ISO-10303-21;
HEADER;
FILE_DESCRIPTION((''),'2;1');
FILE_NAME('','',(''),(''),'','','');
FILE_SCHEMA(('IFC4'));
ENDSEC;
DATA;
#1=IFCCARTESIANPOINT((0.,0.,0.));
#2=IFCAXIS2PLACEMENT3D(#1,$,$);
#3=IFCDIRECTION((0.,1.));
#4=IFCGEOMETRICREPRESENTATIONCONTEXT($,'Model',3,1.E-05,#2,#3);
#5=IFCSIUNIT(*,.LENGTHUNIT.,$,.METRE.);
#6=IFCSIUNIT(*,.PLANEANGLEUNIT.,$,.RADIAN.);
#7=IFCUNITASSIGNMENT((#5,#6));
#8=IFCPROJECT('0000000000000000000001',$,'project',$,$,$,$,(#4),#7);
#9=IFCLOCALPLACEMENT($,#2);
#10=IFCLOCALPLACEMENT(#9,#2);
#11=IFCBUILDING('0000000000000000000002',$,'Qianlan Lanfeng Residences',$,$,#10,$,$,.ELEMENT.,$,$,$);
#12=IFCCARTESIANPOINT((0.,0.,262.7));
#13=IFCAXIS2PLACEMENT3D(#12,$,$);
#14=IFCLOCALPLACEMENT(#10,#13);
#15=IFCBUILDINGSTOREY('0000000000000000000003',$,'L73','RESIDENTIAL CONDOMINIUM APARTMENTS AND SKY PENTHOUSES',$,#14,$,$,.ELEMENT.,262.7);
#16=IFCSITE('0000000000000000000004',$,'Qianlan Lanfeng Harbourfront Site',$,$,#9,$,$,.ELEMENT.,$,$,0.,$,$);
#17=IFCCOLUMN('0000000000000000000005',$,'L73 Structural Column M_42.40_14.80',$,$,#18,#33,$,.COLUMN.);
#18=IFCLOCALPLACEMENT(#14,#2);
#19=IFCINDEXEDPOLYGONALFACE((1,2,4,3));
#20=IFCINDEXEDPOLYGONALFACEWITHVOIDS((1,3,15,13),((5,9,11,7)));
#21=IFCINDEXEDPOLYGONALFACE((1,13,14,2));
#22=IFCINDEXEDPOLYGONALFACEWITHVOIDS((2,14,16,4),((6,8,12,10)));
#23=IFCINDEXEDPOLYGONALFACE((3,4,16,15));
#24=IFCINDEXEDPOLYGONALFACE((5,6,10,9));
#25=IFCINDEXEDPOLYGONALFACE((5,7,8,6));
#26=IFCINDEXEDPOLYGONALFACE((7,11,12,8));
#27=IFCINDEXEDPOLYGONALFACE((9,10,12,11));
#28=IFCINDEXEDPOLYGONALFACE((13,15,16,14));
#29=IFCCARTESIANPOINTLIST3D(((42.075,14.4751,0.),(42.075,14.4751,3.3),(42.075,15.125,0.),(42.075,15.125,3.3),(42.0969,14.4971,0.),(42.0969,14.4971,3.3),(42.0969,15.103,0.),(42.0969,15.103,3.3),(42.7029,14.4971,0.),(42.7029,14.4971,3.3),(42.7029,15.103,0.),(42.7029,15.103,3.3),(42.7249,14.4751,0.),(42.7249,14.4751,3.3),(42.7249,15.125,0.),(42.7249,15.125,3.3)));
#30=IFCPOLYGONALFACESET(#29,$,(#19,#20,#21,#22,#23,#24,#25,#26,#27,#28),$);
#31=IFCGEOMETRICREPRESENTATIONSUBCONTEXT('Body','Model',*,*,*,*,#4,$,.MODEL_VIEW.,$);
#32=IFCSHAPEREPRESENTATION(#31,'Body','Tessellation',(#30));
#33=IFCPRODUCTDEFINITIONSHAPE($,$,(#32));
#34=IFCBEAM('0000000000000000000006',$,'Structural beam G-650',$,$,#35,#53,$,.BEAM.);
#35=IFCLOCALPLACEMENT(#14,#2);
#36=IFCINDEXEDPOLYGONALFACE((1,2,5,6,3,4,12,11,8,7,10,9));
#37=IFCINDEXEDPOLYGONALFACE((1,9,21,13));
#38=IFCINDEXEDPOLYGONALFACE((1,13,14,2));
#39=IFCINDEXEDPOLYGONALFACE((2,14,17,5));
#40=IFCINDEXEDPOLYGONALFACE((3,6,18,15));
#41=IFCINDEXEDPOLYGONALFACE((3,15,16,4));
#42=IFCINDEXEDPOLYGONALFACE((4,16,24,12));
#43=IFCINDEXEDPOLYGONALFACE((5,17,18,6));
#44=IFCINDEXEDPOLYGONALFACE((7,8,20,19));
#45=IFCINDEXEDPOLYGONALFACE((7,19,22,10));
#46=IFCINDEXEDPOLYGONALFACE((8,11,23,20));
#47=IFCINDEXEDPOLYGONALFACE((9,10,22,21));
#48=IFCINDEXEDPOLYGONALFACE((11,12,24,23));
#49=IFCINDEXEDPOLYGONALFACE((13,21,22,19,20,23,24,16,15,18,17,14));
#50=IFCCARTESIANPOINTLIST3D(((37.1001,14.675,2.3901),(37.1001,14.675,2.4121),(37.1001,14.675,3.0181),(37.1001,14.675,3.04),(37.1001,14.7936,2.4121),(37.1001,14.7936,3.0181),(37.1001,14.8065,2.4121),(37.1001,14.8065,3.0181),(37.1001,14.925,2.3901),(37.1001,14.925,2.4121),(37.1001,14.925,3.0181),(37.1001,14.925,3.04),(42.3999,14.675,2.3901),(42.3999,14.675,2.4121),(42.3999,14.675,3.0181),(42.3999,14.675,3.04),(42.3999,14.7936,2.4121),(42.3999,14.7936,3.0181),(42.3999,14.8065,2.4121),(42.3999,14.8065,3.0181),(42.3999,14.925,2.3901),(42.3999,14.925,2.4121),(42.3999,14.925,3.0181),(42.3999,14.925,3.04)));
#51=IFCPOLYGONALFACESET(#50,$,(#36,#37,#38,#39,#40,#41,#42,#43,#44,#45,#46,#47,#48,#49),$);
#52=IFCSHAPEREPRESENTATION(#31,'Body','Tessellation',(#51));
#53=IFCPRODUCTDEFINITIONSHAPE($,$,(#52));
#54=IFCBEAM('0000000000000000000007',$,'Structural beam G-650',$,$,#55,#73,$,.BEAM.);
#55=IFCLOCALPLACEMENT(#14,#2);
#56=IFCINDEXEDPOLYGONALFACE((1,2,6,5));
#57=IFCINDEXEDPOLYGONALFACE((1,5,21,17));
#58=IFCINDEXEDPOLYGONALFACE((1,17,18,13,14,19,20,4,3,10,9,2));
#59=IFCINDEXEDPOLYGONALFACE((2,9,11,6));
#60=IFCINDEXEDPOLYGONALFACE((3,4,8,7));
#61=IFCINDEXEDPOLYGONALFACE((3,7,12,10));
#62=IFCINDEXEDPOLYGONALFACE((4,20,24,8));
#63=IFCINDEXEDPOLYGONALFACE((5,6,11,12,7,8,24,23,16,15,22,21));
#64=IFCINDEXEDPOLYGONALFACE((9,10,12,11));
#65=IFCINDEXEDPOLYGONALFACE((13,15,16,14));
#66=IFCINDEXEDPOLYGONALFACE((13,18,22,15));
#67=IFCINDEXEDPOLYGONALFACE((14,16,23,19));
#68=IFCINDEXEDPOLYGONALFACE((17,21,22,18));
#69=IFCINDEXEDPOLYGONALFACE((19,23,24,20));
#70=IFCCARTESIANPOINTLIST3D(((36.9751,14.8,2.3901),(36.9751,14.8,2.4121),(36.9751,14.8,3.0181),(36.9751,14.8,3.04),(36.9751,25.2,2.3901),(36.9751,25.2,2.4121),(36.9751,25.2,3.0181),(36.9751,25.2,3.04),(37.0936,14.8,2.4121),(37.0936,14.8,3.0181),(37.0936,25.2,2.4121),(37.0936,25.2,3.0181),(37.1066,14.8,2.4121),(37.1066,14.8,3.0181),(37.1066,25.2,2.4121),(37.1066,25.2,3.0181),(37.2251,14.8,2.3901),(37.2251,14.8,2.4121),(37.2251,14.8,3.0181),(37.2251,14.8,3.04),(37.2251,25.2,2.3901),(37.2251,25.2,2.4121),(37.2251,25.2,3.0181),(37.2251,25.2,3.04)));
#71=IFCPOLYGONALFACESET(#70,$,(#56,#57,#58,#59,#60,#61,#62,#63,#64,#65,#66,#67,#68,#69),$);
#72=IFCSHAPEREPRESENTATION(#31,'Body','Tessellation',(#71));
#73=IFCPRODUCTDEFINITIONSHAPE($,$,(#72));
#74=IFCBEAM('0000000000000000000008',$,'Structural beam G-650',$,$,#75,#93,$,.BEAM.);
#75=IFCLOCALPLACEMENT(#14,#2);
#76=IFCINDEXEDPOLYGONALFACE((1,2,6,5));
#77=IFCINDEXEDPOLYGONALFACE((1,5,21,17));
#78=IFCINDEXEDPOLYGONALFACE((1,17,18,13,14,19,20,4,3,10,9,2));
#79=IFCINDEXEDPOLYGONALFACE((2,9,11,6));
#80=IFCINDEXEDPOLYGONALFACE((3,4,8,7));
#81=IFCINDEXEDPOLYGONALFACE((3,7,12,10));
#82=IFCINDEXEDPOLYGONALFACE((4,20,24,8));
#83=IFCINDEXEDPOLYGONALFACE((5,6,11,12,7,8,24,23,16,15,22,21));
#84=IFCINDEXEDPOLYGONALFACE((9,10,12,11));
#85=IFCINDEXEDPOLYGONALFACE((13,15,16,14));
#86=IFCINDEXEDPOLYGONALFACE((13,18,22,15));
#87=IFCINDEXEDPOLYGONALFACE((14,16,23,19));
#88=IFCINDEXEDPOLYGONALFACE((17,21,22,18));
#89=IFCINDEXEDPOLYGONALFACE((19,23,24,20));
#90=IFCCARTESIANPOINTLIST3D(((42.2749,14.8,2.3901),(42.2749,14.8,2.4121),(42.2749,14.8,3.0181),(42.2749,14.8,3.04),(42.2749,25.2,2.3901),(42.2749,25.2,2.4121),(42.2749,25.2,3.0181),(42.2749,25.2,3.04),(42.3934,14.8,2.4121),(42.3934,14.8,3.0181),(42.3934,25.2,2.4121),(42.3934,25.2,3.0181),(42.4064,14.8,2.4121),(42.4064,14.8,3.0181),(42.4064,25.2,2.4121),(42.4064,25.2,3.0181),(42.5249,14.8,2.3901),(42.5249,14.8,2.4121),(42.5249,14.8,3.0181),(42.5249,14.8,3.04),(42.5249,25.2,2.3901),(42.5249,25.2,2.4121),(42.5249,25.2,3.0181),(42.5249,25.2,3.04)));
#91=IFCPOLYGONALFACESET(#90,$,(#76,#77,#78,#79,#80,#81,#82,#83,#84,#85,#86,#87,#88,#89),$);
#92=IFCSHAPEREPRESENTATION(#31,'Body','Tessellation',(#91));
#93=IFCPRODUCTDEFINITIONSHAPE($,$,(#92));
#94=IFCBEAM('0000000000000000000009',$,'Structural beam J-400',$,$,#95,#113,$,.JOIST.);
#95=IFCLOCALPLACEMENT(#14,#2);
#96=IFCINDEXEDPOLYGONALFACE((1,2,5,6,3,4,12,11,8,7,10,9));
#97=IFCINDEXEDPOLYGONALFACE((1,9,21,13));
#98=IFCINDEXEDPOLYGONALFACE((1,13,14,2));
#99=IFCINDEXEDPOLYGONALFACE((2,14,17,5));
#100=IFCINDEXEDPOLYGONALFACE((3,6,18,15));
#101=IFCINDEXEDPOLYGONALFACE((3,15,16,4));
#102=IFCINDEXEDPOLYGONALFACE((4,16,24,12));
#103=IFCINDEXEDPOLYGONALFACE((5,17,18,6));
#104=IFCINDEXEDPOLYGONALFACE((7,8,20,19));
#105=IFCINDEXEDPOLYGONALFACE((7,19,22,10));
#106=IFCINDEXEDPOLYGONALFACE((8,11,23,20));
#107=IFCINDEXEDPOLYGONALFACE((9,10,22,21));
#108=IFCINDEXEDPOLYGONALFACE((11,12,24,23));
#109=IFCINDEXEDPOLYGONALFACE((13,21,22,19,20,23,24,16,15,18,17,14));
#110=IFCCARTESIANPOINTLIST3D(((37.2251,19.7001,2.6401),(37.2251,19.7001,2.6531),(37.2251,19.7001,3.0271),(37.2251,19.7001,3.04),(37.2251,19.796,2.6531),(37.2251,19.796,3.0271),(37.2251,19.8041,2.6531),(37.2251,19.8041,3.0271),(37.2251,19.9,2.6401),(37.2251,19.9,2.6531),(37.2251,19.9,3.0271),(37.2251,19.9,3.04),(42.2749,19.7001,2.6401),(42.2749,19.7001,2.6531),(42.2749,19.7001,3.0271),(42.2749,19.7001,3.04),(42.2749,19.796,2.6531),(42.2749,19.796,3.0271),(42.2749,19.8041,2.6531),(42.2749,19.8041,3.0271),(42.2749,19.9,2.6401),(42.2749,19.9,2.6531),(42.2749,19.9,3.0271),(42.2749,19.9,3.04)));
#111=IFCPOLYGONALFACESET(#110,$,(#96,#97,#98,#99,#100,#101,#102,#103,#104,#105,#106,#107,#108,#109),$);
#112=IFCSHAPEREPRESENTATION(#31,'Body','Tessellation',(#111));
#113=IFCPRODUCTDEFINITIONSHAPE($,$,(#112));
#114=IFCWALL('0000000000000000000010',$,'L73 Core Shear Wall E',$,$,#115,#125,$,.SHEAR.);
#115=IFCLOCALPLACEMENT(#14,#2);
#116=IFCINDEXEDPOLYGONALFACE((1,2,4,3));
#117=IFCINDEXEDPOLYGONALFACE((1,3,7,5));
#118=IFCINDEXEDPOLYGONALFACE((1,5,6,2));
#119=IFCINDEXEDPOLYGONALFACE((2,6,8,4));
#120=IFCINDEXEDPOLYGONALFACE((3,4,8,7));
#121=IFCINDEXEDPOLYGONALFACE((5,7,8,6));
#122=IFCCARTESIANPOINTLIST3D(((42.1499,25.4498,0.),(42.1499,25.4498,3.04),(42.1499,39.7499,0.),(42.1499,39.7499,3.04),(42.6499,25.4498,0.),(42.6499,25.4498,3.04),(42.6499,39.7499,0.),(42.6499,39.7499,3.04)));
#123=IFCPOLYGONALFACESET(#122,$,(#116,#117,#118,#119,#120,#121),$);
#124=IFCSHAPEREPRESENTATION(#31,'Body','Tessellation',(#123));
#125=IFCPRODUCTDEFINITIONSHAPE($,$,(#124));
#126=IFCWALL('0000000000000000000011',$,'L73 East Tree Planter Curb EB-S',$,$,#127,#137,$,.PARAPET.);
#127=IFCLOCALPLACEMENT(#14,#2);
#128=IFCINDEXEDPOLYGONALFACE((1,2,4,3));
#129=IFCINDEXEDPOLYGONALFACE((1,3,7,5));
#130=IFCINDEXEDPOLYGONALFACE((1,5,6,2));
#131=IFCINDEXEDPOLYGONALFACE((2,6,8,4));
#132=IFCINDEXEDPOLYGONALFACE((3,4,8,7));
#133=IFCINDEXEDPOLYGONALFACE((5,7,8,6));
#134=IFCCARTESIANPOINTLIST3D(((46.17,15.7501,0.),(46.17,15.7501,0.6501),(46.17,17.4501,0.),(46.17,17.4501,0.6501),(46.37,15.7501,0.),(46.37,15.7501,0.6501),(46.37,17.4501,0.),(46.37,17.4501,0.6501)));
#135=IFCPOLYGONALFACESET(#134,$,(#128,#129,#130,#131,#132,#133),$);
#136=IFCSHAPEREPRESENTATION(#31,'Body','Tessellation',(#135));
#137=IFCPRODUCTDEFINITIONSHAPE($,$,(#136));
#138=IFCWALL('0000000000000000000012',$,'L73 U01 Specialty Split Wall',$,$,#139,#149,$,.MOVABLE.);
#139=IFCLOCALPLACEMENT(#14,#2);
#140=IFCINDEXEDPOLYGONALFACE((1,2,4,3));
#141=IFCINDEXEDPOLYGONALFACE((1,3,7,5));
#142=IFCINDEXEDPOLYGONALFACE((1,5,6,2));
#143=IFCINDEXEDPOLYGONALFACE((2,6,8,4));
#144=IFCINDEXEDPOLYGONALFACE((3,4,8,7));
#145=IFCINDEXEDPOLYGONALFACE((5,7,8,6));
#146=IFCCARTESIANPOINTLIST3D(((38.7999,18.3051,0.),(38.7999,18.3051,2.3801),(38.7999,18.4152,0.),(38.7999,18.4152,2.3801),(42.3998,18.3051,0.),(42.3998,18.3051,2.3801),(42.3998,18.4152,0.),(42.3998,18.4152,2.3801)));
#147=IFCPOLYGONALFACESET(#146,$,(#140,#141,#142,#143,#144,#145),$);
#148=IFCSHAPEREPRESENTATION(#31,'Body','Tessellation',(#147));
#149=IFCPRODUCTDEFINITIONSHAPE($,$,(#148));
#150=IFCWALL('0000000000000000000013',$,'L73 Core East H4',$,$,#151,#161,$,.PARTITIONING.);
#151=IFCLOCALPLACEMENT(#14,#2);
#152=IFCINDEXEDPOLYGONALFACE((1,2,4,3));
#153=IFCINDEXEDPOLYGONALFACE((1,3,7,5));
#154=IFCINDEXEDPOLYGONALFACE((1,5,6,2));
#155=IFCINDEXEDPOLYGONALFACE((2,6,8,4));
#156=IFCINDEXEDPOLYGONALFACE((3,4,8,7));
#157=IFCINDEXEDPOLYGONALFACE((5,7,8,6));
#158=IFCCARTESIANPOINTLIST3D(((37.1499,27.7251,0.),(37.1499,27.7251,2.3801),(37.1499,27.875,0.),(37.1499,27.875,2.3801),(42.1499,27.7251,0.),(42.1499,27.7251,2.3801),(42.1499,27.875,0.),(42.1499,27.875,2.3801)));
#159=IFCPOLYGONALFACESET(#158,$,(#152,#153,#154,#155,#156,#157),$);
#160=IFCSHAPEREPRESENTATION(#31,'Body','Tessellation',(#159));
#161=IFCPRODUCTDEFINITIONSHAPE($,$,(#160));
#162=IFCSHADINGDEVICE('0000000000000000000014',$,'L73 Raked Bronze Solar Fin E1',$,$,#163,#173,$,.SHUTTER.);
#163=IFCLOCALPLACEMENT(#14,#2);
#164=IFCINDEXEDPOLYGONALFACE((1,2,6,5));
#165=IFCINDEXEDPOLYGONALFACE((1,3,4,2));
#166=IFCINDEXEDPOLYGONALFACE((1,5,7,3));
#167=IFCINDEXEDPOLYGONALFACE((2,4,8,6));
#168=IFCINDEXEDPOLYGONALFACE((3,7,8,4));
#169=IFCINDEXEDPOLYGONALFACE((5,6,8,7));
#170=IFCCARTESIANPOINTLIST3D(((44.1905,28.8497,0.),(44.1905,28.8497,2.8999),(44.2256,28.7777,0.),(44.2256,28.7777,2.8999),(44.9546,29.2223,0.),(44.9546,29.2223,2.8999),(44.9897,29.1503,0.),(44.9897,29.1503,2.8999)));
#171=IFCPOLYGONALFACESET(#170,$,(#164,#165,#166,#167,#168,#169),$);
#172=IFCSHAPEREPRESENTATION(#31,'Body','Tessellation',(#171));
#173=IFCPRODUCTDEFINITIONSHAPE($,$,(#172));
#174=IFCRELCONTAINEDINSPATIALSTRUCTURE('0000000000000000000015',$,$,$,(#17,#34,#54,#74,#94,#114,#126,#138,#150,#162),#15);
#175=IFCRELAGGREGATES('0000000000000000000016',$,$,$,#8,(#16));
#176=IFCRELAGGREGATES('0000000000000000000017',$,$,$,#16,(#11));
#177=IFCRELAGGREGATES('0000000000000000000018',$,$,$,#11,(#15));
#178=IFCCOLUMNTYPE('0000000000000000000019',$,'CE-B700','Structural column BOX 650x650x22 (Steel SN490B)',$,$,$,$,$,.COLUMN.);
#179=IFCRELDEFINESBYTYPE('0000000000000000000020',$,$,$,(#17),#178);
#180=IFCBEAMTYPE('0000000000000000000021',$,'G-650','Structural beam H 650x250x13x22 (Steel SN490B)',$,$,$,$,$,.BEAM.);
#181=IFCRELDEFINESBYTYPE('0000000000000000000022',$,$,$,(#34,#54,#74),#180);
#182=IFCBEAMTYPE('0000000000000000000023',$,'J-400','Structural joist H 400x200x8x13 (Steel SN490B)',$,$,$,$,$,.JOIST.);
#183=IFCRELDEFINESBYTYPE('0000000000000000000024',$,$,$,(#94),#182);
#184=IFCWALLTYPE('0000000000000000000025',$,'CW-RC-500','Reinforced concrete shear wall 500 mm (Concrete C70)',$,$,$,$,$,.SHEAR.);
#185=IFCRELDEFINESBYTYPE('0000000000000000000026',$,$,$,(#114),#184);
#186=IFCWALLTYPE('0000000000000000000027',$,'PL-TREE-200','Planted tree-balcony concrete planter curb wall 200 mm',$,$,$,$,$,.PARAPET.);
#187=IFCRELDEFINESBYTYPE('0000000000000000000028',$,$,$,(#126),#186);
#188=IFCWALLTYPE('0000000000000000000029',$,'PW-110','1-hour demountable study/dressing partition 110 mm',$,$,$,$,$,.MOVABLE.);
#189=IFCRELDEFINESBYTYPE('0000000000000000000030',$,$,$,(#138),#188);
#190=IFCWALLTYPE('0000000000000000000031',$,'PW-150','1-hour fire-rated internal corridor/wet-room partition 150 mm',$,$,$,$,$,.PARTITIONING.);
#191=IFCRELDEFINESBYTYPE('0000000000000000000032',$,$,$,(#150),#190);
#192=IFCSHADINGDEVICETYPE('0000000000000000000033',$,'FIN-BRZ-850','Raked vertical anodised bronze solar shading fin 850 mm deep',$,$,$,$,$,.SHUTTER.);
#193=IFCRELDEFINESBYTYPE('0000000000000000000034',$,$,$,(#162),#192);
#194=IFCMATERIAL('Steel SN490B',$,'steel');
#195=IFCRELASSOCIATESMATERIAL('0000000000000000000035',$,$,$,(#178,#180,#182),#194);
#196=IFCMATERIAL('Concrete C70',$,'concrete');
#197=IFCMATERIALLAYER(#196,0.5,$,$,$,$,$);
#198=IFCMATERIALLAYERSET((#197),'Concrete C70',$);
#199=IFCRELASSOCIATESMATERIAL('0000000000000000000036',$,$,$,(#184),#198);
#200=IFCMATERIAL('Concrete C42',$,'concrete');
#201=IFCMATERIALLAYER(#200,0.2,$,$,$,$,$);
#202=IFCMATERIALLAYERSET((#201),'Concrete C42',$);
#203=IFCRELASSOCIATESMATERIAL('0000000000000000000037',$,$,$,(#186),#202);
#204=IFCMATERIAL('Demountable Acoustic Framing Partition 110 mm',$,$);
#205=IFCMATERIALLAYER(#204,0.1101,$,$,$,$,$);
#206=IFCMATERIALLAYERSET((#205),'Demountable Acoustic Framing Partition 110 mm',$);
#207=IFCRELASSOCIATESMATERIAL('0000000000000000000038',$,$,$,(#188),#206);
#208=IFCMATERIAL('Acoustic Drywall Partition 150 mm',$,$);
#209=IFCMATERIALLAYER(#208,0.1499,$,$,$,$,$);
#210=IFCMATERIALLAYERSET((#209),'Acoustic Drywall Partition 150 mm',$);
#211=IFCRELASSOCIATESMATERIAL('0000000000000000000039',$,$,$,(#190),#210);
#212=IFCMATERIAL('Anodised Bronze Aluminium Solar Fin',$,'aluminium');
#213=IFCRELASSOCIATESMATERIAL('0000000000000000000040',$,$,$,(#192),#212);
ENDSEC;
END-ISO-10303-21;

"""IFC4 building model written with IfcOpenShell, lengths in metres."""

from ifc_helpers import new_model, si_unit, direction, frame, frame_2d, origin, origin_2d, place, context, subcontext, project, spatial, rectangle, hollow_rectangle, i_section, extrude, source, transform, mapped, material, layer, layer_set, material_profile, profile_set, type_object, element, save


model = new_model("IFC4")

# Units and contexts
model_context = context("Model", 3, precision=1e-05, world=origin(), true_north=direction((0.0, 1.0)))
body_context = subcontext(model_context, "Body", "Model", "MODEL_VIEW")
ifc_project = project(units=[si_unit("LENGTHUNIT", "METRE"), si_unit("PLANEANGLEUNIT", "RADIAN")], contexts=[model_context])

# Site, building, storey
site_placement = place(None, origin())
site = spatial("IfcSite", under=ifc_project, at=site_placement, Name="Qianlan Lanfeng Harbourfront Site", CompositionType="ELEMENT", RefElevation=0.0)
building_placement = place(site_placement, origin())
building = spatial("IfcBuilding", under=site, at=building_placement, Name="Qianlan Lanfeng Residences", CompositionType="ELEMENT")
storey_placement = place(building_placement, frame((0.0, 0.0, 262.7)))
storey = spatial("IfcBuildingStorey", under=building, at=storey_placement, Name="L73", Description="RESIDENTIAL CONDOMINIUM APARTMENTS AND SKY PENTHOUSES", CompositionType="ELEMENT", Elevation=262.7)

# Column
ifc_material_1 = material(Name="Steel SN490B", Category="steel")
ifc_material_profile_1 = material_profile(ifc_material_1, hollow_rectangle(XDim=0.6499, YDim=0.6499, WallThickness=0.022, at=origin_2d()), Name="BOX 650x650x22")
ifc_profile_set_1 = profile_set([ifc_material_profile_1], Name="Steel SN490B")
column_type = type_object("IfcColumnType", Name="CE-B700", Description="Structural column BOX 650x650x22 (Steel SN490B)", PredefinedType="COLUMN", material=ifc_profile_set_1)
column_placement = place(storey_placement, frame((42.3999, 14.8, 0.0), z_axis=(0.0, 0.0, 1.0), x_axis=(1.0, 0.0, 0.0)))
element("IfcColumn", 1, at=column_placement, inside=storey, type_object=column_type, Name="L73 Structural Column M_42.40_14.80", PredefinedType="COLUMN", context=body_context, shape_type="SweptSolid", body=[
    extrude(hollow_rectangle(XDim=0.6499, YDim=0.6499, WallThickness=0.022, at=origin_2d()), origin(), (0.0, 0.0, 1.0), 3.3),
])

# Beams
ifc_material_profile_2 = material_profile(ifc_material_1, i_section(OverallWidth=0.25, OverallDepth=0.6499, WebThickness=0.0129, FlangeThickness=0.022, at=origin_2d()), Name="H 650x250x13x22")
ifc_profile_set_2 = profile_set([ifc_material_profile_2], Name="Steel SN490B")
beam_type_1 = type_object("IfcBeamType", Name="G-650", Description="Structural beam H 650x250x13x22 (Steel SN490B)", PredefinedType="BEAM", material=ifc_profile_set_2)
beam_1_placement = place(storey_placement, frame((37.1001, 14.8, 2.7151), z_axis=(1.0, 0.0, 0.0), x_axis=(0.0, 1.0, 0.0)))
element("IfcBeam", 2, at=beam_1_placement, inside=storey, type_object=beam_type_1, Name="Structural beam G-650", PredefinedType="BEAM", context=body_context, shape_type="SweptSolid", body=[
    extrude(i_section(OverallWidth=0.25, OverallDepth=0.6499, WebThickness=0.0129, FlangeThickness=0.022, at=origin_2d()), origin(), (0.0, 0.0, 1.0), 5.2998),
])
for number, where, z_axis, x_axis, name in (
    (3, (37.1001, 14.8, 2.7151), (0.0, 1.0, 0.0), (-1.0, 0.0, 0.0), "Structural beam G-650"),
    (4, (42.3999, 14.8, 2.7151), (0.0, 1.0, 0.0), (-1.0, 0.0, 0.0), "Structural beam G-650"),
):
    element("IfcBeam", number, at=place(storey_placement, frame(where, z_axis=z_axis, x_axis=x_axis)), inside=storey, type_object=beam_type_1, Name=name, PredefinedType="BEAM", context=body_context, shape_type="SweptSolid", body=[
        extrude(i_section(OverallWidth=0.25, OverallDepth=0.6499, WebThickness=0.0129, FlangeThickness=0.022, at=origin_2d()), origin(), (0.0, 0.0, 1.0), 10.3999),
    ])
ifc_material_profile_3 = material_profile(ifc_material_1, i_section(OverallWidth=0.2, OverallDepth=0.3999, WebThickness=0.0081, FlangeThickness=0.0129, at=origin_2d()), Name="H 400x200x8x13")
ifc_profile_set_3 = profile_set([ifc_material_profile_3], Name="Steel SN490B")
beam_type_2 = type_object("IfcBeamType", Name="J-400", Description="Structural joist H 400x200x8x13 (Steel SN490B)", PredefinedType="JOIST", material=ifc_profile_set_3)
beam_2_placement = place(storey_placement, frame((37.2251, 19.8, 2.8401), z_axis=(1.0, 0.0, 0.0), x_axis=(0.0, 1.0, 0.0)))
element("IfcBeam", 5, at=beam_2_placement, inside=storey, type_object=beam_type_2, Name="Structural beam J-400", PredefinedType="JOIST", context=body_context, shape_type="SweptSolid", body=[
    extrude(i_section(OverallWidth=0.2, OverallDepth=0.3999, WebThickness=0.0081, FlangeThickness=0.0129, at=origin_2d()), origin(), (0.0, 0.0, 1.0), 5.0498),
])

# Walls
ifc_material_2 = material(Name="Concrete C70", Category="concrete")
ifc_layer_1 = layer(ifc_material_2, 0.5)
ifc_layer_set_1 = layer_set([ifc_layer_1], Name="Concrete C70")
wall_type_1 = type_object("IfcWallType", Name="CW-RC-500", Description="Reinforced concrete shear wall 500 mm (Concrete C70)", PredefinedType="SHEAR", material=ifc_layer_set_1)
wall_1_placement = place(storey_placement, frame((42.3999, 25.45, 0.0), z_axis=(0.0, 0.0, 1.0), x_axis=(0.0, 1.0, 0.0)))
element("IfcWall", 6, at=wall_1_placement, inside=storey, type_object=wall_type_1, Name="L73 Core Shear Wall E", PredefinedType="SHEAR", context=body_context, shape_type="SweptSolid", body=[
    extrude(rectangle(XDim=14.3, YDim=0.5, at=frame_2d((7.1499, 0.0))), origin(), (0.0, 0.0, 1.0), 3.04),
])
ifc_material_3 = material(Name="Concrete C42", Category="concrete")
ifc_layer_2 = layer(ifc_material_3, 0.2)
ifc_layer_set_2 = layer_set([ifc_layer_2], Name="Concrete C42")
wall_type_2 = type_object("IfcWallType", Name="PL-TREE-200", Description="Planted tree-balcony concrete planter curb wall 200 mm", PredefinedType="PARAPET", material=ifc_layer_set_2)
wall_2_placement = place(storey_placement, frame((46.27, 15.75, 0.0), z_axis=(0.0, 0.0, 1.0), x_axis=(0.0, 1.0, 0.0)))
element("IfcWall", 7, at=wall_2_placement, inside=storey, type_object=wall_type_2, Name="L73 East Tree Planter Curb EB-S", PredefinedType="PARAPET", context=body_context, shape_type="SweptSolid", body=[
    extrude(rectangle(XDim=1.7, YDim=0.2, at=frame_2d((0.8501, 0.0))), origin(), (0.0, 0.0, 1.0), 0.6501),
])
ifc_material_4 = material(Name="Demountable Acoustic Framing Partition 110 mm")
ifc_layer_3 = layer(ifc_material_4, 0.1101)
ifc_layer_set_3 = layer_set([ifc_layer_3], Name="Demountable Acoustic Framing Partition 110 mm")
wall_type_3 = type_object("IfcWallType", Name="PW-110", Description="1-hour demountable study/dressing partition 110 mm", PredefinedType="MOVABLE", material=ifc_layer_set_3)
wall_3_placement = place(storey_placement, frame((38.8, 18.3601, 0.0), z_axis=(0.0, 0.0, 1.0), x_axis=(1.0, 0.0, 0.0)))
element("IfcWall", 8, at=wall_3_placement, inside=storey, type_object=wall_type_3, Name="L73 U01 Specialty Split Wall", PredefinedType="MOVABLE", context=body_context, shape_type="SweptSolid", body=[
    extrude(rectangle(XDim=3.5999, YDim=0.1101, at=frame_2d((1.7998, 0.0))), origin(), (0.0, 0.0, 1.0), 2.3801),
])

# Wall
ifc_material_5 = material(Name="Acoustic Drywall Partition 150 mm")
ifc_layer_4 = layer(ifc_material_5, 0.1499)
ifc_layer_set_4 = layer_set([ifc_layer_4], Name="Acoustic Drywall Partition 150 mm")
wall_type_4 = type_object("IfcWallType", Name="PW-150", Description="1-hour fire-rated internal corridor/wet-room partition 150 mm", PredefinedType="PARTITIONING", material=ifc_layer_set_4)
wall_4_placement = place(storey_placement, frame((37.1499, 27.8, 0.0), z_axis=(0.0, 0.0, 1.0), x_axis=(1.0, 0.0, 0.0)))
element("IfcWall", 9, at=wall_4_placement, inside=storey, type_object=wall_type_4, Name="L73 Core East H4", PredefinedType="PARTITIONING", context=body_context, shape_type="SweptSolid", body=[
    extrude(rectangle(XDim=5.0, YDim=0.1499, at=frame_2d((2.5, 0.0))), origin(), (0.0, 0.0, 1.0), 2.3801),
])

# Shading device
ifc_material_6 = material(Name="Anodised Bronze Aluminium Solar Fin", Category="aluminium")
shading_device_type = type_object("IfcShadingDeviceType", Name="FIN-BRZ-850", Description="Raked vertical anodised bronze solar shading fin 850 mm deep", PredefinedType="SHUTTER", material=ifc_material_6)
shared_shape_1 = source(origin(), body_context, "Body", "SweptSolid", [
    extrude(rectangle(XDim=0.8501, YDim=0.0801, at=origin_2d()), origin(), (0.0, 0.0, 1.0), 2.8999),
])
shading_device_placement = place(storey_placement, frame((44.5901, 29.0, 0.0), z_axis=(0.0, 0.0, 1.0), x_axis=(0.898794, 0.438371, 0.0)))
element("IfcShadingDevice", 10, at=shading_device_placement, inside=storey, type_object=shading_device_type, Name="L73 Raked Bronze Solar Fin E1", PredefinedType="SHUTTER", context=body_context, shape_type="MappedRepresentation", body=[
    mapped(shared_shape_1, transform((0.0, 0.0, 0.0), scale=1.0)),
])

save(model, "model.ifc")
